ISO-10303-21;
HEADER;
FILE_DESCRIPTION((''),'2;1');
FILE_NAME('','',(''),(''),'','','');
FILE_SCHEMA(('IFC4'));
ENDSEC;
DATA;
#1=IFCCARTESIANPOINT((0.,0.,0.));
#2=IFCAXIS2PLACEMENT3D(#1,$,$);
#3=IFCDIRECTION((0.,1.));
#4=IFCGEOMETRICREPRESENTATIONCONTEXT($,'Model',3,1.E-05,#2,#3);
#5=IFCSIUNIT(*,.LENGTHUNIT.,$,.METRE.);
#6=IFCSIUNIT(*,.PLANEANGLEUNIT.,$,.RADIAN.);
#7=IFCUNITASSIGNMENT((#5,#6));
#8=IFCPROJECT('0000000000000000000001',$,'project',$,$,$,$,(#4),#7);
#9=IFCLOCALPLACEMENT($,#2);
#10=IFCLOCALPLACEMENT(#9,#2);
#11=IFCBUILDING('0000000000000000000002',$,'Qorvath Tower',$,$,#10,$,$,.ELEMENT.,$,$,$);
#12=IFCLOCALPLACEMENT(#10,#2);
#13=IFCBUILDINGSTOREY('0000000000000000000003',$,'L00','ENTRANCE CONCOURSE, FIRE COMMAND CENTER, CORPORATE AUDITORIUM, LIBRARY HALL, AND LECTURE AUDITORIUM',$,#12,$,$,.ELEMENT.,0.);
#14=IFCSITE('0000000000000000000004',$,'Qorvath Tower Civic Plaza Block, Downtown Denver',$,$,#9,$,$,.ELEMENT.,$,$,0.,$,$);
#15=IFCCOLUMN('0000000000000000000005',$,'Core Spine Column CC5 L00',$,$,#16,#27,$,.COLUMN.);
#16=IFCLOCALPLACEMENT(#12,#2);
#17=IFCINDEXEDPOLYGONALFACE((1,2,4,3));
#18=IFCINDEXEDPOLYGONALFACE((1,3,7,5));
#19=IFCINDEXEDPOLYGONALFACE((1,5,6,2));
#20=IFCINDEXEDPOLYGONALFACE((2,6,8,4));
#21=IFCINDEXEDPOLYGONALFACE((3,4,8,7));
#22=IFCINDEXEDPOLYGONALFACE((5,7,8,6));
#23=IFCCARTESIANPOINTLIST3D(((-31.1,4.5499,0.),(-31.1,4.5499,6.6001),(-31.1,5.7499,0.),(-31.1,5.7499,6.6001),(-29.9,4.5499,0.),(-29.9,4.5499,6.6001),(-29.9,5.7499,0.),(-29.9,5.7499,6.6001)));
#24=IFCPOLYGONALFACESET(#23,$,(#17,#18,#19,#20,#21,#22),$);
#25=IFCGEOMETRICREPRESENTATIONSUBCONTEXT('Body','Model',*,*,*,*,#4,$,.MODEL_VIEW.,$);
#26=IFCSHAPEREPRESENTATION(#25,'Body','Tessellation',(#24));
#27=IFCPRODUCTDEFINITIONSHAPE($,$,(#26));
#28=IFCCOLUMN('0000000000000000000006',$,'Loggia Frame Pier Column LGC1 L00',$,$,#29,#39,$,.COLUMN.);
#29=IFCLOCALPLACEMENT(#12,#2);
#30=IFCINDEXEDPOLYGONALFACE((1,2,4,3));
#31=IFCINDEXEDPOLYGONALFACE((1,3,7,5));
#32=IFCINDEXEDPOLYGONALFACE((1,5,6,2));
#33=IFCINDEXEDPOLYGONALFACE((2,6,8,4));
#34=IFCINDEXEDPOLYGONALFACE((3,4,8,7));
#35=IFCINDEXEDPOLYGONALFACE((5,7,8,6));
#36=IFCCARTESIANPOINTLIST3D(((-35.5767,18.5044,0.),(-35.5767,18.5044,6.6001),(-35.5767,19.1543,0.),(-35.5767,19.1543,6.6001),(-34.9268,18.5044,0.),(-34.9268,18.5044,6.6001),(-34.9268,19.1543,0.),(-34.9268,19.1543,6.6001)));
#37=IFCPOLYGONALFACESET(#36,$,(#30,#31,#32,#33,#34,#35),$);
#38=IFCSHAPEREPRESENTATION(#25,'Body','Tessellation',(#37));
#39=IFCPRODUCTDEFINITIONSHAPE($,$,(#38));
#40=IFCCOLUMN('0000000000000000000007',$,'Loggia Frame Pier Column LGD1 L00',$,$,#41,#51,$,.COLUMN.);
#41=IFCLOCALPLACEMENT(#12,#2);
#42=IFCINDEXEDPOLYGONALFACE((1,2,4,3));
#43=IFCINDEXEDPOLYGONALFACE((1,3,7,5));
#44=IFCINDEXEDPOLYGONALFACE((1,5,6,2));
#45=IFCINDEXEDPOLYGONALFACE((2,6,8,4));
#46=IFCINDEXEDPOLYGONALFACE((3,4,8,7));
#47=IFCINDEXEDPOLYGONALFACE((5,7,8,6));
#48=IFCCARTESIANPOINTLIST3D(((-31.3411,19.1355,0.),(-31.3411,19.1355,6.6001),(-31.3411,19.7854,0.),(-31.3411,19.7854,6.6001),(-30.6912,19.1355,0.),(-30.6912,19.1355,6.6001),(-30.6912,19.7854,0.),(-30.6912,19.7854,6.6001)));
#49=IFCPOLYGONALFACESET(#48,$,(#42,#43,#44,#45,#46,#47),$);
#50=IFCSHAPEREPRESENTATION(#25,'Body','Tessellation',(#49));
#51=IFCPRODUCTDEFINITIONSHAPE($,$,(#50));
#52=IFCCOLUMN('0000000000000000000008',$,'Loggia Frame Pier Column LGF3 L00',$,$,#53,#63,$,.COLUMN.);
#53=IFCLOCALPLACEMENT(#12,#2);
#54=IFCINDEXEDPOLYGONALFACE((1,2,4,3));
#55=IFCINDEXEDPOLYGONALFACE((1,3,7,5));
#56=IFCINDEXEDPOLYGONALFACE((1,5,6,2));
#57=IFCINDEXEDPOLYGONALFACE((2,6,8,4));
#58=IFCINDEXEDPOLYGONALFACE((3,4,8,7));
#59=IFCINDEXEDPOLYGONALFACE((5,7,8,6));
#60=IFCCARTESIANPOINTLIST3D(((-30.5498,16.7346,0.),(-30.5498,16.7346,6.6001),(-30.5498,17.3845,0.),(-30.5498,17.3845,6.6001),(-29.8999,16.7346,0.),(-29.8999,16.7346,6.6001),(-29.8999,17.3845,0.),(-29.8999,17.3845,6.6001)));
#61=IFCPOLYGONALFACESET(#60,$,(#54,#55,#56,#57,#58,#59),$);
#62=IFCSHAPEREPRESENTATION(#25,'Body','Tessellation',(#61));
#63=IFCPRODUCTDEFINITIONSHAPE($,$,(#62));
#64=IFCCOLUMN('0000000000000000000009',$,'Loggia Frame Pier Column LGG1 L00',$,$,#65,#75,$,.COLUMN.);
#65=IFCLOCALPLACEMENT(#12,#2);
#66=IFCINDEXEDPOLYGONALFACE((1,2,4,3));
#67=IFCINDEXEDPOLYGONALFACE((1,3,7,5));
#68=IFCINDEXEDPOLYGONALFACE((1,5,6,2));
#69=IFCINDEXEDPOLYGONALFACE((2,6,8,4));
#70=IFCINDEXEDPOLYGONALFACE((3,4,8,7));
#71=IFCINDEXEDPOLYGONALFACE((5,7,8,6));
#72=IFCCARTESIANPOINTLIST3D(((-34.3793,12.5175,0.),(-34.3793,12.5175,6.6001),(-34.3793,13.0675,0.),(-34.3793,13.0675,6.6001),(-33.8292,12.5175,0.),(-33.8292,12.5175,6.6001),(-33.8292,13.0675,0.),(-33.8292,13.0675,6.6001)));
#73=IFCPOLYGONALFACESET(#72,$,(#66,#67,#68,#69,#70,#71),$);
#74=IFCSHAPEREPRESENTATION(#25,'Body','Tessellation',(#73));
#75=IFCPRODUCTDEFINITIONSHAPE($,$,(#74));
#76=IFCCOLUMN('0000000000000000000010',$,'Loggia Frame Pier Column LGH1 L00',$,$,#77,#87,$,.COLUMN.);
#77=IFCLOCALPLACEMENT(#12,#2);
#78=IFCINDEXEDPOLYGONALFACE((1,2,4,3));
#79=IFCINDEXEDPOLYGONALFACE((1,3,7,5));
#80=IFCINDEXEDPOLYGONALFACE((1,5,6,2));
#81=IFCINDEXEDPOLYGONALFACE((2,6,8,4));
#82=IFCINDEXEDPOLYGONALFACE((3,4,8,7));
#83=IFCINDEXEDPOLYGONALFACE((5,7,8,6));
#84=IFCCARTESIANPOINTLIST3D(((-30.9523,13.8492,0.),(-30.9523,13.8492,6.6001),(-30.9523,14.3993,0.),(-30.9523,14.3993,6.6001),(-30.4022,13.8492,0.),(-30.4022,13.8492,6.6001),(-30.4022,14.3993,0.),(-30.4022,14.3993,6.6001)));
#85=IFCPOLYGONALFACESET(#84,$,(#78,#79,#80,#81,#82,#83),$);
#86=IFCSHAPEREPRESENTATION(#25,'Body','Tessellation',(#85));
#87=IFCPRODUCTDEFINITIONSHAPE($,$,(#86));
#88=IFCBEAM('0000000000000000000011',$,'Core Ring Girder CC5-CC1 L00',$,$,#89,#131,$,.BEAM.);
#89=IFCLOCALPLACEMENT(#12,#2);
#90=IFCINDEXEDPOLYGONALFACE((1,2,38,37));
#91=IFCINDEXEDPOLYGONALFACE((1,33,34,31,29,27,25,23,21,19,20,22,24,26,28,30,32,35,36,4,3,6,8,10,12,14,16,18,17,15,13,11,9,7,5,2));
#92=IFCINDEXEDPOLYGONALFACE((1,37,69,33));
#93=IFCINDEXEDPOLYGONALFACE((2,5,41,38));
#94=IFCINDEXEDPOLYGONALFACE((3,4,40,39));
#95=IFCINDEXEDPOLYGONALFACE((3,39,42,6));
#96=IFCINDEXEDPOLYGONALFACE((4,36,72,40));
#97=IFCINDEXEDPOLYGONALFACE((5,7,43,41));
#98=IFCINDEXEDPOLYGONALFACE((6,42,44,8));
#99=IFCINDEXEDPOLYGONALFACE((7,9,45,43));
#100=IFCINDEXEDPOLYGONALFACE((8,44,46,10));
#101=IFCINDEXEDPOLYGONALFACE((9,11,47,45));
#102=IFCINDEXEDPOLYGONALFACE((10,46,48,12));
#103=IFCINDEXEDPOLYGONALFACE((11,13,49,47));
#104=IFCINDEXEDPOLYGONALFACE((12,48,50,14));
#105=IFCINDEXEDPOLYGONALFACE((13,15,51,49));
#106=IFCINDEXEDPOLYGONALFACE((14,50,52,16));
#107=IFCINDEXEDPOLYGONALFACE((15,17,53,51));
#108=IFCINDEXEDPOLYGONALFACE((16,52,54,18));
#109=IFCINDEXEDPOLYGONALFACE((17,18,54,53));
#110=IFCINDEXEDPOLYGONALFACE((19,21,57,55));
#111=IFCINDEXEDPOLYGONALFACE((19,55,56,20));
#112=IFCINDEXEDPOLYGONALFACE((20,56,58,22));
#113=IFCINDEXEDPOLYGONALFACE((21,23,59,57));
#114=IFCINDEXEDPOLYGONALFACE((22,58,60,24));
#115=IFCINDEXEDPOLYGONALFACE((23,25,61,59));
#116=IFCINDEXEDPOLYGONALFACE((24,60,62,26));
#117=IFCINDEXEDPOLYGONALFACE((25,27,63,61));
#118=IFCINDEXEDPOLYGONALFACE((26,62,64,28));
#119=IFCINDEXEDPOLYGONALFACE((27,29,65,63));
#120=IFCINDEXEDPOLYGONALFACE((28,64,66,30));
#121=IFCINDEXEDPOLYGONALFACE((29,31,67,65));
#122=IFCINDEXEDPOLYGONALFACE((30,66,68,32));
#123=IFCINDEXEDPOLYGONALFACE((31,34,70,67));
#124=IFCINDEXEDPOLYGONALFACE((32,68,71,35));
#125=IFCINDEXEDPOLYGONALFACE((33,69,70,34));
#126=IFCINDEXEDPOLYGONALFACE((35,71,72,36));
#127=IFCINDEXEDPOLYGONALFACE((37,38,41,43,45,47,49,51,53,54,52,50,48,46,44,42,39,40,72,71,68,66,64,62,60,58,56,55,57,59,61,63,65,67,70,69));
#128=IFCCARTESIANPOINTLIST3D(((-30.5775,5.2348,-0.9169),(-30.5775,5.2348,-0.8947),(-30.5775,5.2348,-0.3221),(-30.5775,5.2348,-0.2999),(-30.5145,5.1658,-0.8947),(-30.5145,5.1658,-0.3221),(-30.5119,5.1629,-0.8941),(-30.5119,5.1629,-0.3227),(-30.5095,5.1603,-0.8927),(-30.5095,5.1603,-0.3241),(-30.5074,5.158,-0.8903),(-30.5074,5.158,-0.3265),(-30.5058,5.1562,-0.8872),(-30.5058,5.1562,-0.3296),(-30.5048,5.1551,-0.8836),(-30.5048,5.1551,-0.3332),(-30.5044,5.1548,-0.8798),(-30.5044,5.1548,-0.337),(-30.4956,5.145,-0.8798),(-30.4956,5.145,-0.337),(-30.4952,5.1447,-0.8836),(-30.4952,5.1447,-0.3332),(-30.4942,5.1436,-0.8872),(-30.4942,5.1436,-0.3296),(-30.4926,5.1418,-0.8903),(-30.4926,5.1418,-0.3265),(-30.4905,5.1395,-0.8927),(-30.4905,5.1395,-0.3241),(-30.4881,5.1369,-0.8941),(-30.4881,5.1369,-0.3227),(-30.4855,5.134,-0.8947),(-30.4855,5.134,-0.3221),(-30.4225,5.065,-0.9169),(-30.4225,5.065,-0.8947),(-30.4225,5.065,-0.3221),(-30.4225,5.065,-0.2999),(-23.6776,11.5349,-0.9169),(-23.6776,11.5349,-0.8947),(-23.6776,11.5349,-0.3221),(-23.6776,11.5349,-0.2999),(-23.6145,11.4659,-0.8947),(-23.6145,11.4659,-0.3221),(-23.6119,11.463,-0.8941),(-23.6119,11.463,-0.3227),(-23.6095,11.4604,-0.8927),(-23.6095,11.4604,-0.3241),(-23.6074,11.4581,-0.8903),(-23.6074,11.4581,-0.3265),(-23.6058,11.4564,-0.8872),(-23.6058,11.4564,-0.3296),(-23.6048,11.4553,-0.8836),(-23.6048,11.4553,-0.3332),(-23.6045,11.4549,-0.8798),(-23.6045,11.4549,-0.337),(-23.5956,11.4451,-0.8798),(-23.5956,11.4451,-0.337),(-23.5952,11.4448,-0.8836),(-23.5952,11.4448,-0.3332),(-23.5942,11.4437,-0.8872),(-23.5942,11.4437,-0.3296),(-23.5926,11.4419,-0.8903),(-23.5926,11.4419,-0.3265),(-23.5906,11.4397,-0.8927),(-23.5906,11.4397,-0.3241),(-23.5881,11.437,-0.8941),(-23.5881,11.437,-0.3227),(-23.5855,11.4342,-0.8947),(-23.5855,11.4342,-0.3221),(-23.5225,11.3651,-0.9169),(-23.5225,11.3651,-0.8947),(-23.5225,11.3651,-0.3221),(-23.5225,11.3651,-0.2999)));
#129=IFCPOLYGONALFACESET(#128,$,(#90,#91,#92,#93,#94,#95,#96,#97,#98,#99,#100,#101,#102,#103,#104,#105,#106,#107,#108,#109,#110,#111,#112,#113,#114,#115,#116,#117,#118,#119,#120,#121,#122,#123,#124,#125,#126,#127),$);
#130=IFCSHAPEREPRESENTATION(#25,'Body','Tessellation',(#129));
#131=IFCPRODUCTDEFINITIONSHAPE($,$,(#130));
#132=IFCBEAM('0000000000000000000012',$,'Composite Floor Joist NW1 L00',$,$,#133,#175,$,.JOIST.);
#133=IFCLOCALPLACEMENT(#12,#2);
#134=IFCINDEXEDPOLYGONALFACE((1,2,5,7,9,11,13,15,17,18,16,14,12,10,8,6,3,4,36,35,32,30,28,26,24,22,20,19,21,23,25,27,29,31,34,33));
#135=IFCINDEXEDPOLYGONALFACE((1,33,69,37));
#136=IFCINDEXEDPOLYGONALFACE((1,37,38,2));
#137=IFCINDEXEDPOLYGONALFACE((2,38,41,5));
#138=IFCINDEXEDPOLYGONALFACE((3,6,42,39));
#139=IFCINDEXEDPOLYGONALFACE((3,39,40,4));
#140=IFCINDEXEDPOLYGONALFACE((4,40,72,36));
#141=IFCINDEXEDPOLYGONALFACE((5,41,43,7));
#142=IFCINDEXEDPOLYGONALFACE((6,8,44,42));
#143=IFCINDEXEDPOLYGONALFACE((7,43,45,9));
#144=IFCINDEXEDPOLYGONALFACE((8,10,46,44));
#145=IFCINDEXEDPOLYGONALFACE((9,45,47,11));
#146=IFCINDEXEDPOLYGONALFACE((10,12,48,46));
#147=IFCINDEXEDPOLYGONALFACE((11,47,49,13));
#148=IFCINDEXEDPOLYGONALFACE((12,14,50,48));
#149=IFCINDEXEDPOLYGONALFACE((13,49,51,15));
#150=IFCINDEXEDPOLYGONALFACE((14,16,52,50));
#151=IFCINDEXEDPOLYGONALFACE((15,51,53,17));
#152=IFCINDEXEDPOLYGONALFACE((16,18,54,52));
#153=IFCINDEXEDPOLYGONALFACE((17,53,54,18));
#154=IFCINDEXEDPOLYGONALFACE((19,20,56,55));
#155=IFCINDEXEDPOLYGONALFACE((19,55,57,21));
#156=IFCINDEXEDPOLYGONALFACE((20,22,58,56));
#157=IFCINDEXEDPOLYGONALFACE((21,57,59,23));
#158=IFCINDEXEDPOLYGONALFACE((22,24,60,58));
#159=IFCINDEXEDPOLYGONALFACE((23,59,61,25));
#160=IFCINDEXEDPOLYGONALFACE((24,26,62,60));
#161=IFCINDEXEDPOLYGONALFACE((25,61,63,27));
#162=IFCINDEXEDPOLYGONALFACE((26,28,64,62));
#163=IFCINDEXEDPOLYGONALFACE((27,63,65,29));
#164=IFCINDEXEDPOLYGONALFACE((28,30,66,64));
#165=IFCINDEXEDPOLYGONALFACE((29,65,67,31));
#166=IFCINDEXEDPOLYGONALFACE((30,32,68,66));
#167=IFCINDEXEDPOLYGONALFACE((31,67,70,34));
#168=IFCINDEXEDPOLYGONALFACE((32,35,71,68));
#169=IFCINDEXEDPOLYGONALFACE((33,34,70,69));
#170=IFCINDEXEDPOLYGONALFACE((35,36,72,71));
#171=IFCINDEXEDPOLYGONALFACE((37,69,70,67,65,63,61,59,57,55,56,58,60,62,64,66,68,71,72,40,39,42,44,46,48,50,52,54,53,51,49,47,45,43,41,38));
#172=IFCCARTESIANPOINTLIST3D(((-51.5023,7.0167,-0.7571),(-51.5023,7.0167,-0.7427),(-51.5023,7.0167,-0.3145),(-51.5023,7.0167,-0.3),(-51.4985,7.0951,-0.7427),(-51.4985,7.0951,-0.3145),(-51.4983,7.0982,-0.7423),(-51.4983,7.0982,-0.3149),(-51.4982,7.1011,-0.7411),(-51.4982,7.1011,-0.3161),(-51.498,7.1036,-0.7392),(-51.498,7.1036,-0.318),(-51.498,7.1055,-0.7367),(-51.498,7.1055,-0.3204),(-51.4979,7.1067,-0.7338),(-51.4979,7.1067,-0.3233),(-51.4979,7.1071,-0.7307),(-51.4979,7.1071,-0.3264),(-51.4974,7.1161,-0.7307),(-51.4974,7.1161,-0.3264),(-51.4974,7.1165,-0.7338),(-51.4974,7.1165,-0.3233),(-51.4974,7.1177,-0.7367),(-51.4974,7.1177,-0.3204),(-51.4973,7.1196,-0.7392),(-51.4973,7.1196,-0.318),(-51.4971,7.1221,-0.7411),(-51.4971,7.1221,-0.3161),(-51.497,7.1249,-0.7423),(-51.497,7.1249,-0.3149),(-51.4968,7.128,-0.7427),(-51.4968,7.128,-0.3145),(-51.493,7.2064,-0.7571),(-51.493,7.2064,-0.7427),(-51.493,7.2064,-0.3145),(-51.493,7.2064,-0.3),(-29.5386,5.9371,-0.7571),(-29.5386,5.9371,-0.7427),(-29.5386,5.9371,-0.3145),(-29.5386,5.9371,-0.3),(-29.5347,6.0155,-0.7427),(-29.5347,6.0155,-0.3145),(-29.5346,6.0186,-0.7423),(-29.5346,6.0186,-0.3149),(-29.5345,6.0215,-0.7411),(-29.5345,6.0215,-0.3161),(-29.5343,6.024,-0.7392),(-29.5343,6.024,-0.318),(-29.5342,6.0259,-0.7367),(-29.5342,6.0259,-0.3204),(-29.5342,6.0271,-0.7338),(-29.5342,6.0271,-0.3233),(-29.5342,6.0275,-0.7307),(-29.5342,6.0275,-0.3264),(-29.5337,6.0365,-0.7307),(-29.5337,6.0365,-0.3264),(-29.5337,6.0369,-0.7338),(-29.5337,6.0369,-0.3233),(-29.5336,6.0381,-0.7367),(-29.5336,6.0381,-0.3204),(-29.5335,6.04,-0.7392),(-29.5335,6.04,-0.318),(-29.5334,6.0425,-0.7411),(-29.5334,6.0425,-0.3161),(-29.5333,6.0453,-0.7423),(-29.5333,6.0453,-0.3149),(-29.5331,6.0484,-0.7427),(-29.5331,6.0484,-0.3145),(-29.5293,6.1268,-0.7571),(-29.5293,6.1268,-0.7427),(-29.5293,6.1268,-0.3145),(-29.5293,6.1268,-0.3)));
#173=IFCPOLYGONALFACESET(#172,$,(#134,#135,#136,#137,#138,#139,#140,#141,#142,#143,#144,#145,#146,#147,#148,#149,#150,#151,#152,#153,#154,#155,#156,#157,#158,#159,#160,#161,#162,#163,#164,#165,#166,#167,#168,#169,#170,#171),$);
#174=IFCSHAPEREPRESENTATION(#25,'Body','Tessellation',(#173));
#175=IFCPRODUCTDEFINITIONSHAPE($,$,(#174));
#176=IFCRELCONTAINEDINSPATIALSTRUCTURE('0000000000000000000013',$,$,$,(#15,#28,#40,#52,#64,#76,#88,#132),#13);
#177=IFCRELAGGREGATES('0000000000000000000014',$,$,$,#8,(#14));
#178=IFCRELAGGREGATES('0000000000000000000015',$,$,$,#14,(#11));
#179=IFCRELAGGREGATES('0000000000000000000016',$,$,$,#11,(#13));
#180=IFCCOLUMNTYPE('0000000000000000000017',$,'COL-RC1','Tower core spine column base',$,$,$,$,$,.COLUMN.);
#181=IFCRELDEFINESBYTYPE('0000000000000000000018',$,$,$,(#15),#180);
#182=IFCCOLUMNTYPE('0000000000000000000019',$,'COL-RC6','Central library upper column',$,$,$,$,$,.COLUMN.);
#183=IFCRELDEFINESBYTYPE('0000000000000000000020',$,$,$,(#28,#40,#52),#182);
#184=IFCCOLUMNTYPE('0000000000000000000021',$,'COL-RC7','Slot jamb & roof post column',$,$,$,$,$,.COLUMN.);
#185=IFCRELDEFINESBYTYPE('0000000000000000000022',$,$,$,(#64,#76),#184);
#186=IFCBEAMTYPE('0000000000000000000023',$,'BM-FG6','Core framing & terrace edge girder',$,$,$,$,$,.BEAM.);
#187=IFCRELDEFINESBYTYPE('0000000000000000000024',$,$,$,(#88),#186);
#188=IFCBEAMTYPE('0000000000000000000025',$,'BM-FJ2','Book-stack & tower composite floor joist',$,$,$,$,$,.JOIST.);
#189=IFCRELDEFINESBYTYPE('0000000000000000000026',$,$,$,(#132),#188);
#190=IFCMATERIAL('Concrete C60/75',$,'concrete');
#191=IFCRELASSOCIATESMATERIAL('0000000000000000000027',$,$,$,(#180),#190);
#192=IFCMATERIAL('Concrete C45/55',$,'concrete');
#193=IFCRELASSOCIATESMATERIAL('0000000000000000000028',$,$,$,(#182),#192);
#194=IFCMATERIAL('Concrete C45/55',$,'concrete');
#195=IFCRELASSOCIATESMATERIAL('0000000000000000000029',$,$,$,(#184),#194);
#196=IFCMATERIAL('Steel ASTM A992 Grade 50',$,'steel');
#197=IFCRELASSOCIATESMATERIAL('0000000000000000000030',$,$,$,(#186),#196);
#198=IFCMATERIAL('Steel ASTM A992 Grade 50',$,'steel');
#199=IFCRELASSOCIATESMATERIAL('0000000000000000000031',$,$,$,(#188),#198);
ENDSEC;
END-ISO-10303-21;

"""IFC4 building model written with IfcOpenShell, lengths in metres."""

from ifc_helpers import new_model, si_unit, direction, frame, origin, origin_2d, place, context, subcontext, project, spatial, rectangle, i_section, extrude, material, material_profile, profile_set, type_object, element, save


model = new_model("IFC4")

# Units and contexts
model_context = context("Model", 3, precision=1e-05, world=origin(), true_north=direction((0.0, 1.0)))
body_context = subcontext(model_context, "Body", "Model", "MODEL_VIEW")
ifc_project = project(units=[si_unit("LENGTHUNIT", "METRE"), si_unit("PLANEANGLEUNIT", "RADIAN")], contexts=[model_context])

# Site, building, storey
site_placement = place(None, origin())
site = spatial("IfcSite", under=ifc_project, at=site_placement, Name="Qorvath Tower Civic Plaza Block, Downtown Denver", CompositionType="ELEMENT", RefElevation=0.0)
building_placement = place(site_placement, origin())
building = spatial("IfcBuilding", under=site, at=building_placement, Name="Qorvath Tower", CompositionType="ELEMENT")
storey_placement = place(building_placement, origin())
storey = spatial("IfcBuildingStorey", under=building, at=storey_placement, Name="L00", Description="ENTRANCE CONCOURSE, FIRE COMMAND CENTER, CORPORATE AUDITORIUM, LIBRARY HALL, AND LECTURE AUDITORIUM", CompositionType="ELEMENT", Elevation=0.0)

# Columns
ifc_material_1 = material(Name="Concrete C60/75", Category="concrete")
ifc_material_profile_1 = material_profile(ifc_material_1, rectangle(XDim=1.2, YDim=1.2, at=origin_2d()), Name="RC 1200x1200")
ifc_profile_set_1 = profile_set([ifc_material_profile_1], Name="Concrete C60/75")
column_type_1 = type_object("IfcColumnType", Name="COL-RC1", Description="Tower core spine column base", PredefinedType="COLUMN", material=ifc_profile_set_1)
column_placement = place(storey_placement, frame((-30.5, 5.1499, 0.0), z_axis=(0.0, 0.0, 1.0), x_axis=(1.0, 0.0, 0.0)))
element("IfcColumn", 1, at=column_placement, inside=storey, type_object=column_type_1, Name="Core Spine Column CC5 L00", PredefinedType="COLUMN", context=body_context, shape_type="SweptSolid", body=[
    extrude(rectangle(XDim=1.2, YDim=1.2, at=origin_2d()), origin(), (0.0, 0.0, 1.0), 6.6001),
])
ifc_material_2 = material(Name="Concrete C45/55", Category="concrete")
ifc_material_profile_2 = material_profile(ifc_material_2, rectangle(XDim=0.6499, YDim=0.6499, at=origin_2d()), Name="RC 650x650")
ifc_profile_set_2 = profile_set([ifc_material_profile_2], Name="Concrete C45/55")
column_type_2 = type_object("IfcColumnType", Name="COL-RC6", Description="Central library upper column", PredefinedType="COLUMN", material=ifc_profile_set_2)
for number, where, z_axis, x_axis, name in (
    (2, (-35.2517, 18.8293, 0.0), (0.0, 0.0, 1.0), (1.0, 0.0, 0.0), "Loggia Frame Pier Column LGC1 L00"),
    (3, (-31.0161, 19.4604, 0.0), (0.0, 0.0, 1.0), (1.0, 0.0, 0.0), "Loggia Frame Pier Column LGD1 L00"),
    (4, (-30.2249, 17.0596, 0.0), (0.0, 0.0, 1.0), (1.0, 0.0, 0.0), "Loggia Frame Pier Column LGF3 L00"),
):
    element("IfcColumn", number, at=place(storey_placement, frame(where, z_axis=z_axis, x_axis=x_axis)), inside=storey, type_object=column_type_2, Name=name, PredefinedType="COLUMN", context=body_context, shape_type="SweptSolid", body=[
        extrude(rectangle(XDim=0.6499, YDim=0.6499, at=origin_2d()), origin(), (0.0, 0.0, 1.0), 6.6001),
    ])
ifc_material_3 = material(Name="Concrete C45/55", Category="concrete")
ifc_material_profile_3 = material_profile(ifc_material_3, rectangle(XDim=0.55, YDim=0.55, at=origin_2d()), Name="RC 550x550")
ifc_profile_set_3 = profile_set([ifc_material_profile_3], Name="Concrete C45/55")
column_type_3 = type_object("IfcColumnType", Name="COL-RC7", Description="Slot jamb & roof post column", PredefinedType="COLUMN", material=ifc_profile_set_3)
for number, where, z_axis, x_axis, name in (
    (5, (-34.1042, 12.7925, 0.0), (0.0, 0.0, 1.0), (1.0, 0.0, 0.0), "Loggia Frame Pier Column LGG1 L00"),
    (6, (-30.6772, 14.1243, 0.0), (0.0, 0.0, 1.0), (1.0, 0.0, 0.0), "Loggia Frame Pier Column LGH1 L00"),
):
    element("IfcColumn", number, at=place(storey_placement, frame(where, z_axis=z_axis, x_axis=x_axis)), inside=storey, type_object=column_type_3, Name=name, PredefinedType="COLUMN", context=body_context, shape_type="SweptSolid", body=[
        extrude(rectangle(XDim=0.55, YDim=0.55, at=origin_2d()), origin(), (0.0, 0.0, 1.0), 6.6001),
    ])

# Beams
ifc_material_4 = material(Name="Steel ASTM A992 Grade 50", Category="steel")
ifc_material_profile_4 = material_profile(ifc_material_4, i_section(OverallWidth=0.23, OverallDepth=0.6169, WebThickness=0.0132, FlangeThickness=0.0222, FilletRadius=0.0149, at=origin_2d()), Name="W24x94")
ifc_profile_set_4 = profile_set([ifc_material_profile_4], Name="Steel ASTM A992 Grade 50")
beam_type_1 = type_object("IfcBeamType", Name="BM-FG6", Description="Core framing & terrace edge girder", PredefinedType="BEAM", material=ifc_profile_set_4)
beam_1_placement = place(storey_placement, frame((-30.5, 5.1499, -0.6084), z_axis=(0.738478, 0.674277, 0.0), x_axis=(-0.674277, 0.738478, 0.0)))
element("IfcBeam", 7, at=beam_1_placement, inside=storey, type_object=beam_type_1, Name="Core Ring Girder CC5-CC1 L00", PredefinedType="BEAM", context=body_context, shape_type="SweptSolid", body=[
    extrude(i_section(OverallWidth=0.23, OverallDepth=0.6169, WebThickness=0.0132, FlangeThickness=0.0222, FilletRadius=0.0149, at=origin_2d()), origin(), (0.0, 0.0, 1.0), 9.3435),
])
ifc_material_5 = material(Name="Steel ASTM A992 Grade 50", Category="steel")
ifc_material_profile_5 = material_profile(ifc_material_5, i_section(OverallWidth=0.1899, OverallDepth=0.457, WebThickness=0.009, FlangeThickness=0.0144, FilletRadius=0.012, at=origin_2d()), Name="W18x50")
ifc_profile_set_5 = profile_set([ifc_material_profile_5], Name="Steel ASTM A992 Grade 50")
beam_type_2 = type_object("IfcBeamType", Name="BM-FJ2", Description="Book-stack & tower composite floor joist", PredefinedType="JOIST", material=ifc_profile_set_5)
beam_2_placement = place(storey_placement, frame((-29.5339, 6.032, -0.5286), z_axis=(-0.998794, 0.049094, 0.0), x_axis=(-0.049094, -0.998794, 0.0)))
element("IfcBeam", 8, at=beam_2_placement, inside=storey, type_object=beam_type_2, Name="Composite Floor Joist NW1 L00", PredefinedType="JOIST", context=body_context, shape_type="SweptSolid", body=[
    extrude(i_section(OverallWidth=0.1899, OverallDepth=0.457, WebThickness=0.009, FlangeThickness=0.0144, FilletRadius=0.012, at=origin_2d()), origin(), (0.0, 0.0, 1.0), 21.9902),
])

save(model, "model.ifc")
